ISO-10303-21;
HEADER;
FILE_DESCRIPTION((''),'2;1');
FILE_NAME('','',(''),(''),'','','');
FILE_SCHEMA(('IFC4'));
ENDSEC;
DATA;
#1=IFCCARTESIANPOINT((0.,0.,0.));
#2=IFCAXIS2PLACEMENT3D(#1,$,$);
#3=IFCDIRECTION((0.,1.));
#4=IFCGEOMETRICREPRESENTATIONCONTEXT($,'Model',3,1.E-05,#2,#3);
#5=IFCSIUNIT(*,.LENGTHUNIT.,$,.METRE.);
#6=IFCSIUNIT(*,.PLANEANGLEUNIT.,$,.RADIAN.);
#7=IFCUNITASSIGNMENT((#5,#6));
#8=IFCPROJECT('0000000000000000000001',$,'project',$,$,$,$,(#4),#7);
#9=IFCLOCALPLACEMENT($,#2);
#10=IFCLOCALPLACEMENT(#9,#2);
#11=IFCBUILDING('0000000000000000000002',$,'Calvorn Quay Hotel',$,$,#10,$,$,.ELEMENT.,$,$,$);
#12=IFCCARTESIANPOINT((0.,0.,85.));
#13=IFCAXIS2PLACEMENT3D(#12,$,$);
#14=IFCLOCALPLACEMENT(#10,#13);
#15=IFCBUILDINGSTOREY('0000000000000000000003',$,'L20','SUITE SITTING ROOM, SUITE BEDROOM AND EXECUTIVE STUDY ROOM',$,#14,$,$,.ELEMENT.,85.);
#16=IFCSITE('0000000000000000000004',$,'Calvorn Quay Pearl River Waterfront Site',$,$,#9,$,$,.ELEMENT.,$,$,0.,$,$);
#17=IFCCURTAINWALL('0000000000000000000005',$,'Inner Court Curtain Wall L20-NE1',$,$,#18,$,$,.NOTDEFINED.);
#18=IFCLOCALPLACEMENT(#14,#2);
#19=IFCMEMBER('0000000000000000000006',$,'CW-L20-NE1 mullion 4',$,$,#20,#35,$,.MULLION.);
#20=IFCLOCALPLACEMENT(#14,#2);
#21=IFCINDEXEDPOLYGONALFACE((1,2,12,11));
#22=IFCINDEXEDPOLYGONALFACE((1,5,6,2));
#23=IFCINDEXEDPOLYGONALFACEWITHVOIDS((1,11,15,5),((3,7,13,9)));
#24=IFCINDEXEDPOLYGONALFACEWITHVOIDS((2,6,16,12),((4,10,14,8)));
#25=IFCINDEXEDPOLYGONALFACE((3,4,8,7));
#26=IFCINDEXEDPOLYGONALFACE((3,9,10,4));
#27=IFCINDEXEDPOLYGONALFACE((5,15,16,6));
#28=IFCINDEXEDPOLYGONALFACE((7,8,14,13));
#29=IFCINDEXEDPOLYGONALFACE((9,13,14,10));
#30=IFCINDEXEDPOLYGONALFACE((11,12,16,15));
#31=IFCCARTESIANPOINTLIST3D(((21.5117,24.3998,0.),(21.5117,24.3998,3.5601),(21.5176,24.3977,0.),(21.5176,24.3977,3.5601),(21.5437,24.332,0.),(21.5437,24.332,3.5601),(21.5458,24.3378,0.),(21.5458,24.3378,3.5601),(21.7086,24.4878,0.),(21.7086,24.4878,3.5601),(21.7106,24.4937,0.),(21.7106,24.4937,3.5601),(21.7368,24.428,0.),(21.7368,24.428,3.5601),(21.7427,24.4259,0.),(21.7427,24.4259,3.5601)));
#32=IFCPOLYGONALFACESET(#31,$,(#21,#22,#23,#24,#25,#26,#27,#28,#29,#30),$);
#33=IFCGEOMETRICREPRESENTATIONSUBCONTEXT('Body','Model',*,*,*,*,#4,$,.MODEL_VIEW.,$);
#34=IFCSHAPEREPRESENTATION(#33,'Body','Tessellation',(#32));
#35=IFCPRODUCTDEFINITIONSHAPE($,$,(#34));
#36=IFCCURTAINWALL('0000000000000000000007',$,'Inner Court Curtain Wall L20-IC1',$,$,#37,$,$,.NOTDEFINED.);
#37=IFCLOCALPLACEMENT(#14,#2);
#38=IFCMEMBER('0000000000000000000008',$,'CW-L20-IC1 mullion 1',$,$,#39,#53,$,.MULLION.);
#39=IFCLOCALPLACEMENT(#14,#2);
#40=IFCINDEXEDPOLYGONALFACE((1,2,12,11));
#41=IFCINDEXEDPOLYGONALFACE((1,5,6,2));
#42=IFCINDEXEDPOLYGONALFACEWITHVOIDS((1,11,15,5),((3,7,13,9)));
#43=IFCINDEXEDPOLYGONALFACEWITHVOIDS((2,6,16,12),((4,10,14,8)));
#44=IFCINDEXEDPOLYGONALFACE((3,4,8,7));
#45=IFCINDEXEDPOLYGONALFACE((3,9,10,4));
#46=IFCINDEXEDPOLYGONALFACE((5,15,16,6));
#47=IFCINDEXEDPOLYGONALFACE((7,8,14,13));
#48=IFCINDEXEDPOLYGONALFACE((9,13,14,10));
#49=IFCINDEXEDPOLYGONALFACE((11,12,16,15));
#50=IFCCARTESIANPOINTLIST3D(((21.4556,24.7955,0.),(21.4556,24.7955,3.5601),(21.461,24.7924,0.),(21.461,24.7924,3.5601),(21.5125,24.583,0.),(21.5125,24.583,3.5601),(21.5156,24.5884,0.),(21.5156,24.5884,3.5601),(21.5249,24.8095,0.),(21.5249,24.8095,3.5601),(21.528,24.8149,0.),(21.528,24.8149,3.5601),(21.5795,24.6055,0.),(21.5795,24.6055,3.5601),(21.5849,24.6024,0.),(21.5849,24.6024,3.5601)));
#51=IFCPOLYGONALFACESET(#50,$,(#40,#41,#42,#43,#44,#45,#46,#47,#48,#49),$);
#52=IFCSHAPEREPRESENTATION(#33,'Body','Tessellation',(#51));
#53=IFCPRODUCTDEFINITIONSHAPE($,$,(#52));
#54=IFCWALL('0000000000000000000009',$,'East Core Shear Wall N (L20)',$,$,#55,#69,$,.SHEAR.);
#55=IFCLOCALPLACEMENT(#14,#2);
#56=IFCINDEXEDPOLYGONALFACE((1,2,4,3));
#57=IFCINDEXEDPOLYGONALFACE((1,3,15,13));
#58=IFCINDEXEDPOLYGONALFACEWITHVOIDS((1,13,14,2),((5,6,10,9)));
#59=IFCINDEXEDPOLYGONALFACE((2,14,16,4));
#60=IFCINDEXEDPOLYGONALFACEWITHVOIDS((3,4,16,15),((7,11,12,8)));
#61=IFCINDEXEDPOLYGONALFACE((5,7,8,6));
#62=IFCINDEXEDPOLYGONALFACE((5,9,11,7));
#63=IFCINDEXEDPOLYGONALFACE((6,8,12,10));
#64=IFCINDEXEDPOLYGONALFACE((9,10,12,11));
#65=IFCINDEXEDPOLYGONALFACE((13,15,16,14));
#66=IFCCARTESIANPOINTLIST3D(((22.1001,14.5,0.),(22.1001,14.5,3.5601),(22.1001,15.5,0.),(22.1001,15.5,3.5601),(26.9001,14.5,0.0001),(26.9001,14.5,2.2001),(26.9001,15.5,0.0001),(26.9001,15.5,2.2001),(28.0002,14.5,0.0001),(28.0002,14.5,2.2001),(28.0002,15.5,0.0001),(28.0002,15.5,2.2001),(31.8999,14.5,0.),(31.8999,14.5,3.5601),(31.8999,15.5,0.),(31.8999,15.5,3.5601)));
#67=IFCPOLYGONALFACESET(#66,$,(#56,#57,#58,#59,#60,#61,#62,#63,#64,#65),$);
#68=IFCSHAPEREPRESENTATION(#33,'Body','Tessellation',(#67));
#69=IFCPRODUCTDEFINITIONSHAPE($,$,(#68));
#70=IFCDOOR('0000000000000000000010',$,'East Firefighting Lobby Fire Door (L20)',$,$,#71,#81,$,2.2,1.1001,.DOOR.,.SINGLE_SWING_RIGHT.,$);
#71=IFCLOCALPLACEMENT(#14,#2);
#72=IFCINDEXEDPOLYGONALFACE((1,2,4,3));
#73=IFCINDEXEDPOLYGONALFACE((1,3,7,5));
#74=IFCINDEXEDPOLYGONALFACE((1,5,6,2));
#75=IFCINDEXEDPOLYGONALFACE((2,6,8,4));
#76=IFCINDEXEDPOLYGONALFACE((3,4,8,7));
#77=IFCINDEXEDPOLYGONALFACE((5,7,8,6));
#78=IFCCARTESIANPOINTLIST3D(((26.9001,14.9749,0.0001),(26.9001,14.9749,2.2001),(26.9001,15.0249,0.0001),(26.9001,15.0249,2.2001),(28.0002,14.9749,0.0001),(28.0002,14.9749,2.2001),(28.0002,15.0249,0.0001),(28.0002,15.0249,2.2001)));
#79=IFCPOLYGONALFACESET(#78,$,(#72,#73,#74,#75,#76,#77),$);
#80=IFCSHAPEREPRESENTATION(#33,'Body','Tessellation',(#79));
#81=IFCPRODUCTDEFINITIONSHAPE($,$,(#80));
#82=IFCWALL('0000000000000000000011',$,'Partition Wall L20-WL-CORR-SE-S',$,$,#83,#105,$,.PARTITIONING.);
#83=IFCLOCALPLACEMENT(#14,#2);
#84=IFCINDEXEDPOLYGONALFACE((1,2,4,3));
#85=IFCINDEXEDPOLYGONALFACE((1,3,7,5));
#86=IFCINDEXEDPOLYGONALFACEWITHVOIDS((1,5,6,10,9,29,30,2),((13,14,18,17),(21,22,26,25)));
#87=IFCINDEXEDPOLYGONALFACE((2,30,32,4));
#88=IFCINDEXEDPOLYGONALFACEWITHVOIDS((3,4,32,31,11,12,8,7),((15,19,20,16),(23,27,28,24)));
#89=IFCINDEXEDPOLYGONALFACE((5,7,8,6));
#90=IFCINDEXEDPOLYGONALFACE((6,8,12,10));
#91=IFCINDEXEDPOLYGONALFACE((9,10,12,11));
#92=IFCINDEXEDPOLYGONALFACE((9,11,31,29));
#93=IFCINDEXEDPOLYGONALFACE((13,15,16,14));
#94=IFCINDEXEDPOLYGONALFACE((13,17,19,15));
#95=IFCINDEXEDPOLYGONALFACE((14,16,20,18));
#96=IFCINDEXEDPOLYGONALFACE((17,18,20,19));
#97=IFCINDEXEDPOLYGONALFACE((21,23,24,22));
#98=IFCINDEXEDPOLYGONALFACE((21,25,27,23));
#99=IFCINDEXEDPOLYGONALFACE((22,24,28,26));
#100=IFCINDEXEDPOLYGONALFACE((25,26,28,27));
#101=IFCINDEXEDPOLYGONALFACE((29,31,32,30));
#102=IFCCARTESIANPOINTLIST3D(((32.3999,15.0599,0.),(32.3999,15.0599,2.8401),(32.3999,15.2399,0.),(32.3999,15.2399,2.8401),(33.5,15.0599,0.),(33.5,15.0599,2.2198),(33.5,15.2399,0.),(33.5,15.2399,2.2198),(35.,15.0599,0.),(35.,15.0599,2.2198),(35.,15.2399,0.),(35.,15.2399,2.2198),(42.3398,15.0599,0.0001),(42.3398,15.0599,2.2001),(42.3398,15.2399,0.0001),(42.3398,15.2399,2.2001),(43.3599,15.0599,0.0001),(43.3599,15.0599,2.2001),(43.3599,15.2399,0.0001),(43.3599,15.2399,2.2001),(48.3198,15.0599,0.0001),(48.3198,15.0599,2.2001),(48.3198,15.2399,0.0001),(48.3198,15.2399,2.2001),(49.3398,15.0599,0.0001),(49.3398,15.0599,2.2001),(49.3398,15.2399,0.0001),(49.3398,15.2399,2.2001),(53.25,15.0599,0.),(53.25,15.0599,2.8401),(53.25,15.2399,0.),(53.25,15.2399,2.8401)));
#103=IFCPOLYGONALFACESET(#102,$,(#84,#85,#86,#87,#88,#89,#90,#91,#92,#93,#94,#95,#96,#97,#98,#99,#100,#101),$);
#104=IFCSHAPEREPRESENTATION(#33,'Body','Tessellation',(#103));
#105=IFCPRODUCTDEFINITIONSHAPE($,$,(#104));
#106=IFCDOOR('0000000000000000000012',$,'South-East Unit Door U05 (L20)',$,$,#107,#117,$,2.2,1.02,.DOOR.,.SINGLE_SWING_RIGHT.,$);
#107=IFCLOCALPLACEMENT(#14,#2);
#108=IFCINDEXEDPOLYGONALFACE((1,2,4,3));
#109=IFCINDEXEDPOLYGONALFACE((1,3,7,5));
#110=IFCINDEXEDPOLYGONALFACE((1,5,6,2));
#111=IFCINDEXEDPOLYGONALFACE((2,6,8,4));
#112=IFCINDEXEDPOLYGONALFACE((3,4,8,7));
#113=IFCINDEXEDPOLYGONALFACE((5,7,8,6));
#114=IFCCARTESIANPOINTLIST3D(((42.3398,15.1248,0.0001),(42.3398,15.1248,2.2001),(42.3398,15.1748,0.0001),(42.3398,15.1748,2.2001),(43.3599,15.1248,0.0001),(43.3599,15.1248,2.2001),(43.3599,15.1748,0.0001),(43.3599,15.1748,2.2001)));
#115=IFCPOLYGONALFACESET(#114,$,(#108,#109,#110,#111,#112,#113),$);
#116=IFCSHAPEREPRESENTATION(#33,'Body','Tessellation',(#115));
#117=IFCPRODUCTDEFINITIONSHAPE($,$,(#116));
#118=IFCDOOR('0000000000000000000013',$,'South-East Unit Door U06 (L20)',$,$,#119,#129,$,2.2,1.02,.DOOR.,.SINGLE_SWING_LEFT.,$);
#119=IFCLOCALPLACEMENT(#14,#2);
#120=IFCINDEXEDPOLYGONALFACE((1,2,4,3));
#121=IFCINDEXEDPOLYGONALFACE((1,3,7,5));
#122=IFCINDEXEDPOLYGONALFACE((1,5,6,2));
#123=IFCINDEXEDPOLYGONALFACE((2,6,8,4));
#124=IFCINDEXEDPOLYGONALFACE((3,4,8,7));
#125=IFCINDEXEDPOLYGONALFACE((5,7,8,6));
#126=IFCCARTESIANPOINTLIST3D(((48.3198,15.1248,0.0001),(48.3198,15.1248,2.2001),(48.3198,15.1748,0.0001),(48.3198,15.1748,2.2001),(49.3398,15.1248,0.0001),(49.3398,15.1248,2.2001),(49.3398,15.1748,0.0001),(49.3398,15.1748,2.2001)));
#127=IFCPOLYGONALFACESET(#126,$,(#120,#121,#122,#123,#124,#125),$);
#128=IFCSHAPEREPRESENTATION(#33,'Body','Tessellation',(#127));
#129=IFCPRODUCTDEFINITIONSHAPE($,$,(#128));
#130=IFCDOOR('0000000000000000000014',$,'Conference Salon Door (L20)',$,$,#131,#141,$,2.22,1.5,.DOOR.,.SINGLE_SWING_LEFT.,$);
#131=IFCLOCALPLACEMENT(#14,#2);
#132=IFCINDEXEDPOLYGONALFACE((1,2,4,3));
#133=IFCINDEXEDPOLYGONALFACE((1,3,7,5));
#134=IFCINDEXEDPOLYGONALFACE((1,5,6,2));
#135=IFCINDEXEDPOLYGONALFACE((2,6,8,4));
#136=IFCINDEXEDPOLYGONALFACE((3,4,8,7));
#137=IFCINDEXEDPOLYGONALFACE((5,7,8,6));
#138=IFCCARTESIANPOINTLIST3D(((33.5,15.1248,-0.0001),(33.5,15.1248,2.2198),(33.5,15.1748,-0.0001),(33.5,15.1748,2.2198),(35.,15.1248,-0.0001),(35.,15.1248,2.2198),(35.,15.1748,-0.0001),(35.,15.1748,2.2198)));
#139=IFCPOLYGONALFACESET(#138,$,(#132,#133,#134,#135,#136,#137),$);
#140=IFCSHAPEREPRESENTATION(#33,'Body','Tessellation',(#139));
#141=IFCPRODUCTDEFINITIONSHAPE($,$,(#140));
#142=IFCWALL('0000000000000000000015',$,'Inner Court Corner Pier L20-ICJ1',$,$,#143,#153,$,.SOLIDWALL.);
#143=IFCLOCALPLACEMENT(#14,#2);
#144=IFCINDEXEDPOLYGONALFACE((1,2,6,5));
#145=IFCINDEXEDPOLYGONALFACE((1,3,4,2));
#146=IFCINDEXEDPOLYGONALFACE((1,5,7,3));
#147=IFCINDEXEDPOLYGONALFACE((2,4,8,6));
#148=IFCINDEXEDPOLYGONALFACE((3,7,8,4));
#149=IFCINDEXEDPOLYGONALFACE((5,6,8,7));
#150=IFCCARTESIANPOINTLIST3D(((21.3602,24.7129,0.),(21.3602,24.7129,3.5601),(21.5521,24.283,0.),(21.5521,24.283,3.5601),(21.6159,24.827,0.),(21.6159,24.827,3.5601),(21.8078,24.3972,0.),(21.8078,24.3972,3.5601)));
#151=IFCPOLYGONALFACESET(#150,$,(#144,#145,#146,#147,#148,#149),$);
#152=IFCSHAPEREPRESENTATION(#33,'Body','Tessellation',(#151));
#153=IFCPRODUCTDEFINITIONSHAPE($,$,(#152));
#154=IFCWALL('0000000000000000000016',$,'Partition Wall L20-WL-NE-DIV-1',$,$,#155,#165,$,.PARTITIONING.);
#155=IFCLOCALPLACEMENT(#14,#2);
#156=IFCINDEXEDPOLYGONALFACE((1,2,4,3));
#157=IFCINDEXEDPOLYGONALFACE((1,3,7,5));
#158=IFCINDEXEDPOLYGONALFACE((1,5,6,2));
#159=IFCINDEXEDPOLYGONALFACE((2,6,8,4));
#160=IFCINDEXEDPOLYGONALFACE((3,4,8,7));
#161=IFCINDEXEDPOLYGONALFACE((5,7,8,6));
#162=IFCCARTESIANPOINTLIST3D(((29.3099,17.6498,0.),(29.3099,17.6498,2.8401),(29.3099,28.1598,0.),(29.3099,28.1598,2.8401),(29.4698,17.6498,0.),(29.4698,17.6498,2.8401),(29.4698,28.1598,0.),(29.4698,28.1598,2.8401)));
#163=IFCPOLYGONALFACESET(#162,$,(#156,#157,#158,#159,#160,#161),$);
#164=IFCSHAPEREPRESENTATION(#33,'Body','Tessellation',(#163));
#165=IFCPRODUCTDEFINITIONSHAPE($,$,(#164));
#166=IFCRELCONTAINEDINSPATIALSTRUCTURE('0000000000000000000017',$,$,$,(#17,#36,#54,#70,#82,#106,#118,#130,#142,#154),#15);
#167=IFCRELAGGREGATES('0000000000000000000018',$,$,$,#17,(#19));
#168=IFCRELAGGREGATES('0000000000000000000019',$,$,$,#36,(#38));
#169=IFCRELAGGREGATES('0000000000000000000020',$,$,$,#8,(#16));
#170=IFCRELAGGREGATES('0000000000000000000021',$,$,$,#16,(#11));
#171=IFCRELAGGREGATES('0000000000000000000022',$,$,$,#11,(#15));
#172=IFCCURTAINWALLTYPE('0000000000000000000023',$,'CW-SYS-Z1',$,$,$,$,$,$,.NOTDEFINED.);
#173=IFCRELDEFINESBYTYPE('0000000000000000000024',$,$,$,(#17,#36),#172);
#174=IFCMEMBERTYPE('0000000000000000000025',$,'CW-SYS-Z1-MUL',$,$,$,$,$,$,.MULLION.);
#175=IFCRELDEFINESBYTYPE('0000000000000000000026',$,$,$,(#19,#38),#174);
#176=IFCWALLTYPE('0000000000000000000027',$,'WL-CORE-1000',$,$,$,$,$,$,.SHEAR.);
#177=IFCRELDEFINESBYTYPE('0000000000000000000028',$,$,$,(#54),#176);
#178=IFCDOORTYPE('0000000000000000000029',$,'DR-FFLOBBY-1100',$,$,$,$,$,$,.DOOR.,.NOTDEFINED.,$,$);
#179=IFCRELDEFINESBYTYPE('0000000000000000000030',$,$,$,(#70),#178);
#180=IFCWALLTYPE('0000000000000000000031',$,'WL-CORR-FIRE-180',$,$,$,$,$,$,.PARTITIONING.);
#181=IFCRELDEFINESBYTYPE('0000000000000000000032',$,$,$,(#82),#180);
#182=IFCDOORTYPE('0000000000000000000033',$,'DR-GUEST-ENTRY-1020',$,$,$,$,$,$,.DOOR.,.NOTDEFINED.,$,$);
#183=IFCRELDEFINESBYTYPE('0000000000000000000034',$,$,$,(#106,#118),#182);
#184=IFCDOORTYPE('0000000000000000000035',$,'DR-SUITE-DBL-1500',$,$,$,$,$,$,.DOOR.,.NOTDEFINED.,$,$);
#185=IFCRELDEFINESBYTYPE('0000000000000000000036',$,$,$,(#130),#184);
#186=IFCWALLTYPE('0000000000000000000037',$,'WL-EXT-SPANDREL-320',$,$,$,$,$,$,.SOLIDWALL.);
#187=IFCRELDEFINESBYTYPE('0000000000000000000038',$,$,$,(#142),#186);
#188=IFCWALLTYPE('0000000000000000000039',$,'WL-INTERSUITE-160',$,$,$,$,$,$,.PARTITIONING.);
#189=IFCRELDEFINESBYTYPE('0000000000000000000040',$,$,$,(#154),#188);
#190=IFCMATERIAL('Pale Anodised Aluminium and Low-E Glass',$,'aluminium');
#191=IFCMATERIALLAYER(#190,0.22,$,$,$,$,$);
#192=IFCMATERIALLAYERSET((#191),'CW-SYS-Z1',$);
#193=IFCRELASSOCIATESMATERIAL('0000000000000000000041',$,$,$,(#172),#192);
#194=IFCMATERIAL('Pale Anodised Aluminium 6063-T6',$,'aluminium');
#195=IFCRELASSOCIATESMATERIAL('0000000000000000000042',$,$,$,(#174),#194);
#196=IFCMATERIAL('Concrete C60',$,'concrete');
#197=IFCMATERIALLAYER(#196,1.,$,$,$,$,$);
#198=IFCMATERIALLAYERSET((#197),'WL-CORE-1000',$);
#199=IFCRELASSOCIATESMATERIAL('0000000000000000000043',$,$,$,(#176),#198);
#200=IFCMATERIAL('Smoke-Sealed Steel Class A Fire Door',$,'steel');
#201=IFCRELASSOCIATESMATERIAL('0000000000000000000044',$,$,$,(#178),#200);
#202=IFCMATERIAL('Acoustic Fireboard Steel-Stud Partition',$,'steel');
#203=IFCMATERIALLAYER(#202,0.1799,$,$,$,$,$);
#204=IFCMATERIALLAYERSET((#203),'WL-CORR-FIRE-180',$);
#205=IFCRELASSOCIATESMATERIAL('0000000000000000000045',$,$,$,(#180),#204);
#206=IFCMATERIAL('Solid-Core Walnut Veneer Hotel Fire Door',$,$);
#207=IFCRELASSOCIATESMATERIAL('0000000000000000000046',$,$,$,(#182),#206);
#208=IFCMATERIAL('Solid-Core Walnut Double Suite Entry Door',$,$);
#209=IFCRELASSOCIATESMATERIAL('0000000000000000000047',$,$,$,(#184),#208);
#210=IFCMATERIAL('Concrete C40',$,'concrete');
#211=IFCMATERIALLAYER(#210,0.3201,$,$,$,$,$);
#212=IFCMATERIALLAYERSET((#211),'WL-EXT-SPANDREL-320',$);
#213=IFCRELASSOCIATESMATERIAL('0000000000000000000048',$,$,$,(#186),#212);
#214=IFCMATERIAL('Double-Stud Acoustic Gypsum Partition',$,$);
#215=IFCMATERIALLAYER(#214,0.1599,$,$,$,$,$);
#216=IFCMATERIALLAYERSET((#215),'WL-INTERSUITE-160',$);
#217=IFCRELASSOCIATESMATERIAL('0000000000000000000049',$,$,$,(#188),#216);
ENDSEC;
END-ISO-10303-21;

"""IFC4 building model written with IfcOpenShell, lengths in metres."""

from ifc_helpers import new_model, si_unit, direction, frame, frame_2d, origin, origin_2d, place, context, subcontext, project, spatial, rectangle, hollow_rectangle, extrude, material, layer, layer_set, material_profile, profile_set, type_object, element, fill, aggregate, save


model = new_model("IFC4")

# Units and contexts
model_context = context("Model", 3, precision=1e-05, world=origin(), true_north=direction((0.0, 1.0)))
body_context = subcontext(model_context, "Body", "Model", "MODEL_VIEW")
ifc_project = project(units=[si_unit("LENGTHUNIT", "METRE"), si_unit("PLANEANGLEUNIT", "RADIAN")], contexts=[model_context])

# Site, building, storey
site_placement = place(None, origin())
site = spatial("IfcSite", under=ifc_project, at=site_placement, Name="Calvorn Quay Pearl River Waterfront Site", CompositionType="ELEMENT", RefElevation=0.0)
building_placement = place(site_placement, origin())
building = spatial("IfcBuilding", under=site, at=building_placement, Name="Calvorn Quay Hotel", CompositionType="ELEMENT")
storey_placement = place(building_placement, frame((0.0, 0.0, 85.0)))
storey = spatial("IfcBuildingStorey", under=building, at=storey_placement, Name="L20", Description="SUITE SITTING ROOM, SUITE BEDROOM AND EXECUTIVE STUDY ROOM", CompositionType="ELEMENT", Elevation=85.0)

# Curtain walls, members
ifc_material_1 = material(Name="Pale Anodised Aluminium and Low-E Glass", Category="aluminium")
ifc_layer_1 = layer(ifc_material_1, 0.22)
ifc_layer_set_1 = layer_set([ifc_layer_1], Name="CW-SYS-Z1")
curtain_wall_type = type_object("IfcCurtainWallType", Name="CW-SYS-Z1", PredefinedType="NOTDEFINED", material=ifc_layer_set_1)
curtain_wall_1_placement = place(storey_placement, origin())
curtain_wall_1 = element("IfcCurtainWall", 1, at=curtain_wall_1_placement, inside=storey, type_object=curtain_wall_type, Name="Inner Court Curtain Wall L20-NE1", PredefinedType="NOTDEFINED")
ifc_material_2 = material(Name="Pale Anodised Aluminium 6063-T6", Category="aluminium")
ifc_material_profile_1 = material_profile(ifc_material_2, hollow_rectangle(XDim=0.075, YDim=0.22, WallThickness=0.0044, at=origin_2d()), Name="ALU-M220x75x4.5")
ifc_profile_set_1 = profile_set([ifc_material_profile_1], Name="Pale Anodised Aluminium 6063-T6")
member_type = type_object("IfcMemberType", Name="CW-SYS-Z1-MUL", PredefinedType="MULLION", material=ifc_profile_set_1)
member_1_placement = place(storey_placement, frame((21.6272, 24.4128, 0.0), z_axis=(0.0, 0.0, 1.0), x_axis=(0.427006, -0.904249, 0.0)))
member_1 = element("IfcMember", 2, at=member_1_placement, type_object=member_type, Name="CW-L20-NE1 mullion 4", PredefinedType="MULLION", context=body_context, shape_type="SweptSolid", body=[
    extrude(hollow_rectangle(XDim=0.075, YDim=0.22, WallThickness=0.0044, at=origin_2d()), origin(), (0.0, 0.0, 1.0), 3.5601),
])
aggregate(curtain_wall_1, [member_1])
curtain_wall_2_placement = place(storey_placement, origin())
curtain_wall_2 = element("IfcCurtainWall", 3, at=curtain_wall_2_placement, inside=storey, type_object=curtain_wall_type, Name="Inner Court Curtain Wall L20-IC1", PredefinedType="NOTDEFINED")
member_2_placement = place(storey_placement, frame((21.5203, 24.699, 0.0), z_axis=(0.0, 0.0, 1.0), x_axis=(-0.965937, -0.258779, 0.0)))
member_2 = element("IfcMember", 4, at=member_2_placement, type_object=member_type, Name="CW-L20-IC1 mullion 1", PredefinedType="MULLION", context=body_context, shape_type="SweptSolid", body=[
    extrude(hollow_rectangle(XDim=0.075, YDim=0.22, WallThickness=0.0044, at=origin_2d()), origin(), (0.0, 0.0, 1.0), 3.5601),
])
aggregate(curtain_wall_2, [member_2])

# Wall, opening, door
ifc_material_3 = material(Name="Concrete C60", Category="concrete")
ifc_layer_2 = layer(ifc_material_3, 1.0)
ifc_layer_set_2 = layer_set([ifc_layer_2], Name="WL-CORE-1000")
wall_type_1 = type_object("IfcWallType", Name="WL-CORE-1000", PredefinedType="SHEAR", material=ifc_layer_set_2)
wall_1_placement = place(storey_placement, frame((22.1001, 15.0, 0.0), z_axis=(0.0, 0.0, 1.0), x_axis=(1.0, 0.0, 0.0)))
wall_1 = element("IfcWall", 5, at=wall_1_placement, inside=storey, type_object=wall_type_1, Name="East Core Shear Wall N (L20)", PredefinedType="SHEAR", context=body_context, shape_type="SweptSolid", body=[
    extrude(rectangle(XDim=9.7998, YDim=1.0, at=frame_2d((4.8999, 0.0))), origin(), (0.0, 0.0, 1.0), 3.5601),
])
opening_1_placement = place(wall_1_placement, frame((4.8, 0.0, 0.0)))
opening_1 = element("IfcOpeningElement", 6, at=opening_1_placement, cuts=wall_1, PredefinedType="OPENING", context=body_context, shape_type="SweptSolid", body=[
    extrude(rectangle(XDim=1.1001, YDim=2.2, at=frame_2d((0.55, 1.1001))), frame((0.0, 0.51, 0.0), z_axis=(0.0, -1.0, 0.0), x_axis=(1.0, 0.0, 0.0)), (0.0, 0.0, 1.0), 1.02),
])
ifc_material_4 = material(Name="Smoke-Sealed Steel Class A Fire Door", Category="steel")
door_type_1 = type_object("IfcDoorType", Name="DR-FFLOBBY-1100", OperationType="NOTDEFINED", PredefinedType="DOOR", material=ifc_material_4)
door_1_placement = place(opening_1_placement, origin())
door_1 = element("IfcDoor", 7, at=door_1_placement, inside=storey, type_object=door_type_1, Name="East Firefighting Lobby Fire Door (L20)", OperationType="SINGLE_SWING_RIGHT", OverallHeight=2.2, OverallWidth=1.1001, PredefinedType="DOOR", context=body_context, shape_type="SweptSolid", body=[
    extrude(rectangle(XDim=1.1001, YDim=2.2, at=frame_2d((0.55, 1.1001))), frame((0.0, 0.0249, 0.0), z_axis=(0.0, -1.0, 0.0), x_axis=(1.0, 0.0, 0.0)), (0.0, 0.0, 1.0), 0.05),
])
fill(opening_1, door_1)

# Wall, openings, doors
ifc_material_5 = material(Name="Acoustic Fireboard Steel-Stud Partition", Category="steel")
ifc_layer_3 = layer(ifc_material_5, 0.1799)
ifc_layer_set_3 = layer_set([ifc_layer_3], Name="WL-CORR-FIRE-180")
wall_type_2 = type_object("IfcWallType", Name="WL-CORR-FIRE-180", PredefinedType="PARTITIONING", material=ifc_layer_set_3)
wall_2_placement = place(storey_placement, frame((32.3999, 15.1499, 0.0), z_axis=(0.0, 0.0, 1.0), x_axis=(1.0, 0.0, 0.0)))
wall_2 = element("IfcWall", 8, at=wall_2_placement, inside=storey, type_object=wall_type_2, Name="Partition Wall L20-WL-CORR-SE-S", PredefinedType="PARTITIONING", context=body_context, shape_type="SweptSolid", body=[
    extrude(rectangle(XDim=20.8501, YDim=0.1799, at=frame_2d((10.425, 0.0))), origin(), (0.0, 0.0, 1.0), 2.8401),
])
opening_2_placement = place(wall_2_placement, frame((1.1001, 0.0, 0.0)))
opening_2 = element("IfcOpeningElement", 9, at=opening_2_placement, cuts=wall_2, PredefinedType="OPENING", context=body_context, shape_type="SweptSolid", body=[
    extrude(rectangle(XDim=1.5, YDim=2.22, at=frame_2d((0.75, 1.1099))), frame((0.0, 0.0999, 0.0), z_axis=(0.0, -1.0, 0.0), x_axis=(1.0, 0.0, 0.0)), (0.0, 0.0, 1.0), 0.2),
])
opening_3_placement = place(wall_2_placement, frame((9.9399, 0.0, 0.0)))
opening_3 = element("IfcOpeningElement", 10, at=opening_3_placement, cuts=wall_2, PredefinedType="OPENING", context=body_context, shape_type="SweptSolid", body=[
    extrude(rectangle(XDim=1.02, YDim=2.2, at=frame_2d((0.51, 1.1001))), frame((0.0, 0.0999, 0.0), z_axis=(0.0, -1.0, 0.0), x_axis=(1.0, 0.0, 0.0)), (0.0, 0.0, 1.0), 0.2),
])
opening_4_placement = place(wall_2_placement, frame((15.9199, 0.0, 0.0)))
opening_4 = element("IfcOpeningElement", 11, at=opening_4_placement, cuts=wall_2, PredefinedType="OPENING", context=body_context, shape_type="SweptSolid", body=[
    extrude(rectangle(XDim=1.02, YDim=2.2, at=frame_2d((0.51, 1.1001))), frame((0.0, 0.0999, 0.0), z_axis=(0.0, -1.0, 0.0), x_axis=(1.0, 0.0, 0.0)), (0.0, 0.0, 1.0), 0.2),
])
ifc_material_6 = material(Name="Solid-Core Walnut Veneer Hotel Fire Door")
door_type_2 = type_object("IfcDoorType", Name="DR-GUEST-ENTRY-1020", OperationType="NOTDEFINED", PredefinedType="DOOR", material=ifc_material_6)
door_2_placement = place(opening_3_placement, origin())
door_2 = element("IfcDoor", 12, at=door_2_placement, inside=storey, type_object=door_type_2, Name="South-East Unit Door U05 (L20)", OperationType="SINGLE_SWING_RIGHT", OverallHeight=2.2, OverallWidth=1.02, PredefinedType="DOOR", context=body_context, shape_type="SweptSolid", body=[
    extrude(rectangle(XDim=1.02, YDim=2.2, at=frame_2d((0.51, 1.1001))), frame((0.0, 0.0249, 0.0), z_axis=(0.0, -1.0, 0.0), x_axis=(1.0, 0.0, 0.0)), (0.0, 0.0, 1.0), 0.05),
])
fill(opening_3, door_2)
door_3_placement = place(opening_4_placement, origin())
door_3 = element("IfcDoor", 13, at=door_3_placement, inside=storey, type_object=door_type_2, Name="South-East Unit Door U06 (L20)", OperationType="SINGLE_SWING_LEFT", OverallHeight=2.2, OverallWidth=1.02, PredefinedType="DOOR", context=body_context, shape_type="SweptSolid", body=[
    extrude(rectangle(XDim=1.02, YDim=2.2, at=frame_2d((0.51, 1.1001))), frame((0.0, 0.0249, 0.0), z_axis=(0.0, -1.0, 0.0), x_axis=(1.0, 0.0, 0.0)), (0.0, 0.0, 1.0), 0.05),
])
fill(opening_4, door_3)
ifc_material_7 = material(Name="Solid-Core Walnut Double Suite Entry Door")
door_type_3 = type_object("IfcDoorType", Name="DR-SUITE-DBL-1500", OperationType="NOTDEFINED", PredefinedType="DOOR", material=ifc_material_7)
door_4_placement = place(opening_2_placement, origin())
door_4 = element("IfcDoor", 14, at=door_4_placement, inside=storey, type_object=door_type_3, Name="Conference Salon Door (L20)", OperationType="SINGLE_SWING_LEFT", OverallHeight=2.22, OverallWidth=1.5, PredefinedType="DOOR", context=body_context, shape_type="SweptSolid", body=[
    extrude(rectangle(XDim=1.5, YDim=2.22, at=frame_2d((0.75, 1.1099))), frame((0.0, 0.0249, 0.0), z_axis=(0.0, -1.0, 0.0), x_axis=(1.0, 0.0, 0.0)), (0.0, 0.0, 1.0), 0.05),
])
fill(opening_2, door_4)

# Walls
ifc_material_8 = material(Name="Concrete C40", Category="concrete")
ifc_layer_4 = layer(ifc_material_8, 0.3201)
ifc_layer_set_4 = layer_set([ifc_layer_4], Name="WL-EXT-SPANDREL-320")
wall_type_3 = type_object("IfcWallType", Name="WL-EXT-SPANDREL-320", PredefinedType="SOLIDWALL", material=ifc_layer_set_4)
wall_3_placement = place(storey_placement, frame((21.6799, 24.3401, 0.0), z_axis=(0.0, 0.0, 1.0), x_axis=(-0.407581, 0.913169, 0.0)))
element("IfcWall", 15, at=wall_3_placement, inside=storey, type_object=wall_type_3, Name="Inner Court Corner Pier L20-ICJ1", PredefinedType="SOLIDWALL", context=body_context, shape_type="SweptSolid", body=[
    extrude(rectangle(XDim=0.4707, YDim=0.28, at=frame_2d((0.2354, 0.0))), origin(), (0.0, 0.0, 1.0), 3.5601),
])
ifc_material_9 = material(Name="Double-Stud Acoustic Gypsum Partition")
ifc_layer_5 = layer(ifc_material_9, 0.1599)
ifc_layer_set_5 = layer_set([ifc_layer_5], Name="WL-INTERSUITE-160")
wall_type_4 = type_object("IfcWallType", Name="WL-INTERSUITE-160", PredefinedType="PARTITIONING", material=ifc_layer_set_5)
wall_4_placement = place(storey_placement, frame((29.3899, 17.6499, 0.0), z_axis=(0.0, 0.0, 1.0), x_axis=(0.0, 1.0, 0.0)))
element("IfcWall", 16, at=wall_4_placement, inside=storey, type_object=wall_type_4, Name="Partition Wall L20-WL-NE-DIV-1", PredefinedType="PARTITIONING", context=body_context, shape_type="SweptSolid", body=[
    extrude(rectangle(XDim=10.51, YDim=0.1599, at=frame_2d((5.2549, 0.0))), origin(), (0.0, 0.0, 1.0), 2.8401),
])

save(model, "model.ifc")
